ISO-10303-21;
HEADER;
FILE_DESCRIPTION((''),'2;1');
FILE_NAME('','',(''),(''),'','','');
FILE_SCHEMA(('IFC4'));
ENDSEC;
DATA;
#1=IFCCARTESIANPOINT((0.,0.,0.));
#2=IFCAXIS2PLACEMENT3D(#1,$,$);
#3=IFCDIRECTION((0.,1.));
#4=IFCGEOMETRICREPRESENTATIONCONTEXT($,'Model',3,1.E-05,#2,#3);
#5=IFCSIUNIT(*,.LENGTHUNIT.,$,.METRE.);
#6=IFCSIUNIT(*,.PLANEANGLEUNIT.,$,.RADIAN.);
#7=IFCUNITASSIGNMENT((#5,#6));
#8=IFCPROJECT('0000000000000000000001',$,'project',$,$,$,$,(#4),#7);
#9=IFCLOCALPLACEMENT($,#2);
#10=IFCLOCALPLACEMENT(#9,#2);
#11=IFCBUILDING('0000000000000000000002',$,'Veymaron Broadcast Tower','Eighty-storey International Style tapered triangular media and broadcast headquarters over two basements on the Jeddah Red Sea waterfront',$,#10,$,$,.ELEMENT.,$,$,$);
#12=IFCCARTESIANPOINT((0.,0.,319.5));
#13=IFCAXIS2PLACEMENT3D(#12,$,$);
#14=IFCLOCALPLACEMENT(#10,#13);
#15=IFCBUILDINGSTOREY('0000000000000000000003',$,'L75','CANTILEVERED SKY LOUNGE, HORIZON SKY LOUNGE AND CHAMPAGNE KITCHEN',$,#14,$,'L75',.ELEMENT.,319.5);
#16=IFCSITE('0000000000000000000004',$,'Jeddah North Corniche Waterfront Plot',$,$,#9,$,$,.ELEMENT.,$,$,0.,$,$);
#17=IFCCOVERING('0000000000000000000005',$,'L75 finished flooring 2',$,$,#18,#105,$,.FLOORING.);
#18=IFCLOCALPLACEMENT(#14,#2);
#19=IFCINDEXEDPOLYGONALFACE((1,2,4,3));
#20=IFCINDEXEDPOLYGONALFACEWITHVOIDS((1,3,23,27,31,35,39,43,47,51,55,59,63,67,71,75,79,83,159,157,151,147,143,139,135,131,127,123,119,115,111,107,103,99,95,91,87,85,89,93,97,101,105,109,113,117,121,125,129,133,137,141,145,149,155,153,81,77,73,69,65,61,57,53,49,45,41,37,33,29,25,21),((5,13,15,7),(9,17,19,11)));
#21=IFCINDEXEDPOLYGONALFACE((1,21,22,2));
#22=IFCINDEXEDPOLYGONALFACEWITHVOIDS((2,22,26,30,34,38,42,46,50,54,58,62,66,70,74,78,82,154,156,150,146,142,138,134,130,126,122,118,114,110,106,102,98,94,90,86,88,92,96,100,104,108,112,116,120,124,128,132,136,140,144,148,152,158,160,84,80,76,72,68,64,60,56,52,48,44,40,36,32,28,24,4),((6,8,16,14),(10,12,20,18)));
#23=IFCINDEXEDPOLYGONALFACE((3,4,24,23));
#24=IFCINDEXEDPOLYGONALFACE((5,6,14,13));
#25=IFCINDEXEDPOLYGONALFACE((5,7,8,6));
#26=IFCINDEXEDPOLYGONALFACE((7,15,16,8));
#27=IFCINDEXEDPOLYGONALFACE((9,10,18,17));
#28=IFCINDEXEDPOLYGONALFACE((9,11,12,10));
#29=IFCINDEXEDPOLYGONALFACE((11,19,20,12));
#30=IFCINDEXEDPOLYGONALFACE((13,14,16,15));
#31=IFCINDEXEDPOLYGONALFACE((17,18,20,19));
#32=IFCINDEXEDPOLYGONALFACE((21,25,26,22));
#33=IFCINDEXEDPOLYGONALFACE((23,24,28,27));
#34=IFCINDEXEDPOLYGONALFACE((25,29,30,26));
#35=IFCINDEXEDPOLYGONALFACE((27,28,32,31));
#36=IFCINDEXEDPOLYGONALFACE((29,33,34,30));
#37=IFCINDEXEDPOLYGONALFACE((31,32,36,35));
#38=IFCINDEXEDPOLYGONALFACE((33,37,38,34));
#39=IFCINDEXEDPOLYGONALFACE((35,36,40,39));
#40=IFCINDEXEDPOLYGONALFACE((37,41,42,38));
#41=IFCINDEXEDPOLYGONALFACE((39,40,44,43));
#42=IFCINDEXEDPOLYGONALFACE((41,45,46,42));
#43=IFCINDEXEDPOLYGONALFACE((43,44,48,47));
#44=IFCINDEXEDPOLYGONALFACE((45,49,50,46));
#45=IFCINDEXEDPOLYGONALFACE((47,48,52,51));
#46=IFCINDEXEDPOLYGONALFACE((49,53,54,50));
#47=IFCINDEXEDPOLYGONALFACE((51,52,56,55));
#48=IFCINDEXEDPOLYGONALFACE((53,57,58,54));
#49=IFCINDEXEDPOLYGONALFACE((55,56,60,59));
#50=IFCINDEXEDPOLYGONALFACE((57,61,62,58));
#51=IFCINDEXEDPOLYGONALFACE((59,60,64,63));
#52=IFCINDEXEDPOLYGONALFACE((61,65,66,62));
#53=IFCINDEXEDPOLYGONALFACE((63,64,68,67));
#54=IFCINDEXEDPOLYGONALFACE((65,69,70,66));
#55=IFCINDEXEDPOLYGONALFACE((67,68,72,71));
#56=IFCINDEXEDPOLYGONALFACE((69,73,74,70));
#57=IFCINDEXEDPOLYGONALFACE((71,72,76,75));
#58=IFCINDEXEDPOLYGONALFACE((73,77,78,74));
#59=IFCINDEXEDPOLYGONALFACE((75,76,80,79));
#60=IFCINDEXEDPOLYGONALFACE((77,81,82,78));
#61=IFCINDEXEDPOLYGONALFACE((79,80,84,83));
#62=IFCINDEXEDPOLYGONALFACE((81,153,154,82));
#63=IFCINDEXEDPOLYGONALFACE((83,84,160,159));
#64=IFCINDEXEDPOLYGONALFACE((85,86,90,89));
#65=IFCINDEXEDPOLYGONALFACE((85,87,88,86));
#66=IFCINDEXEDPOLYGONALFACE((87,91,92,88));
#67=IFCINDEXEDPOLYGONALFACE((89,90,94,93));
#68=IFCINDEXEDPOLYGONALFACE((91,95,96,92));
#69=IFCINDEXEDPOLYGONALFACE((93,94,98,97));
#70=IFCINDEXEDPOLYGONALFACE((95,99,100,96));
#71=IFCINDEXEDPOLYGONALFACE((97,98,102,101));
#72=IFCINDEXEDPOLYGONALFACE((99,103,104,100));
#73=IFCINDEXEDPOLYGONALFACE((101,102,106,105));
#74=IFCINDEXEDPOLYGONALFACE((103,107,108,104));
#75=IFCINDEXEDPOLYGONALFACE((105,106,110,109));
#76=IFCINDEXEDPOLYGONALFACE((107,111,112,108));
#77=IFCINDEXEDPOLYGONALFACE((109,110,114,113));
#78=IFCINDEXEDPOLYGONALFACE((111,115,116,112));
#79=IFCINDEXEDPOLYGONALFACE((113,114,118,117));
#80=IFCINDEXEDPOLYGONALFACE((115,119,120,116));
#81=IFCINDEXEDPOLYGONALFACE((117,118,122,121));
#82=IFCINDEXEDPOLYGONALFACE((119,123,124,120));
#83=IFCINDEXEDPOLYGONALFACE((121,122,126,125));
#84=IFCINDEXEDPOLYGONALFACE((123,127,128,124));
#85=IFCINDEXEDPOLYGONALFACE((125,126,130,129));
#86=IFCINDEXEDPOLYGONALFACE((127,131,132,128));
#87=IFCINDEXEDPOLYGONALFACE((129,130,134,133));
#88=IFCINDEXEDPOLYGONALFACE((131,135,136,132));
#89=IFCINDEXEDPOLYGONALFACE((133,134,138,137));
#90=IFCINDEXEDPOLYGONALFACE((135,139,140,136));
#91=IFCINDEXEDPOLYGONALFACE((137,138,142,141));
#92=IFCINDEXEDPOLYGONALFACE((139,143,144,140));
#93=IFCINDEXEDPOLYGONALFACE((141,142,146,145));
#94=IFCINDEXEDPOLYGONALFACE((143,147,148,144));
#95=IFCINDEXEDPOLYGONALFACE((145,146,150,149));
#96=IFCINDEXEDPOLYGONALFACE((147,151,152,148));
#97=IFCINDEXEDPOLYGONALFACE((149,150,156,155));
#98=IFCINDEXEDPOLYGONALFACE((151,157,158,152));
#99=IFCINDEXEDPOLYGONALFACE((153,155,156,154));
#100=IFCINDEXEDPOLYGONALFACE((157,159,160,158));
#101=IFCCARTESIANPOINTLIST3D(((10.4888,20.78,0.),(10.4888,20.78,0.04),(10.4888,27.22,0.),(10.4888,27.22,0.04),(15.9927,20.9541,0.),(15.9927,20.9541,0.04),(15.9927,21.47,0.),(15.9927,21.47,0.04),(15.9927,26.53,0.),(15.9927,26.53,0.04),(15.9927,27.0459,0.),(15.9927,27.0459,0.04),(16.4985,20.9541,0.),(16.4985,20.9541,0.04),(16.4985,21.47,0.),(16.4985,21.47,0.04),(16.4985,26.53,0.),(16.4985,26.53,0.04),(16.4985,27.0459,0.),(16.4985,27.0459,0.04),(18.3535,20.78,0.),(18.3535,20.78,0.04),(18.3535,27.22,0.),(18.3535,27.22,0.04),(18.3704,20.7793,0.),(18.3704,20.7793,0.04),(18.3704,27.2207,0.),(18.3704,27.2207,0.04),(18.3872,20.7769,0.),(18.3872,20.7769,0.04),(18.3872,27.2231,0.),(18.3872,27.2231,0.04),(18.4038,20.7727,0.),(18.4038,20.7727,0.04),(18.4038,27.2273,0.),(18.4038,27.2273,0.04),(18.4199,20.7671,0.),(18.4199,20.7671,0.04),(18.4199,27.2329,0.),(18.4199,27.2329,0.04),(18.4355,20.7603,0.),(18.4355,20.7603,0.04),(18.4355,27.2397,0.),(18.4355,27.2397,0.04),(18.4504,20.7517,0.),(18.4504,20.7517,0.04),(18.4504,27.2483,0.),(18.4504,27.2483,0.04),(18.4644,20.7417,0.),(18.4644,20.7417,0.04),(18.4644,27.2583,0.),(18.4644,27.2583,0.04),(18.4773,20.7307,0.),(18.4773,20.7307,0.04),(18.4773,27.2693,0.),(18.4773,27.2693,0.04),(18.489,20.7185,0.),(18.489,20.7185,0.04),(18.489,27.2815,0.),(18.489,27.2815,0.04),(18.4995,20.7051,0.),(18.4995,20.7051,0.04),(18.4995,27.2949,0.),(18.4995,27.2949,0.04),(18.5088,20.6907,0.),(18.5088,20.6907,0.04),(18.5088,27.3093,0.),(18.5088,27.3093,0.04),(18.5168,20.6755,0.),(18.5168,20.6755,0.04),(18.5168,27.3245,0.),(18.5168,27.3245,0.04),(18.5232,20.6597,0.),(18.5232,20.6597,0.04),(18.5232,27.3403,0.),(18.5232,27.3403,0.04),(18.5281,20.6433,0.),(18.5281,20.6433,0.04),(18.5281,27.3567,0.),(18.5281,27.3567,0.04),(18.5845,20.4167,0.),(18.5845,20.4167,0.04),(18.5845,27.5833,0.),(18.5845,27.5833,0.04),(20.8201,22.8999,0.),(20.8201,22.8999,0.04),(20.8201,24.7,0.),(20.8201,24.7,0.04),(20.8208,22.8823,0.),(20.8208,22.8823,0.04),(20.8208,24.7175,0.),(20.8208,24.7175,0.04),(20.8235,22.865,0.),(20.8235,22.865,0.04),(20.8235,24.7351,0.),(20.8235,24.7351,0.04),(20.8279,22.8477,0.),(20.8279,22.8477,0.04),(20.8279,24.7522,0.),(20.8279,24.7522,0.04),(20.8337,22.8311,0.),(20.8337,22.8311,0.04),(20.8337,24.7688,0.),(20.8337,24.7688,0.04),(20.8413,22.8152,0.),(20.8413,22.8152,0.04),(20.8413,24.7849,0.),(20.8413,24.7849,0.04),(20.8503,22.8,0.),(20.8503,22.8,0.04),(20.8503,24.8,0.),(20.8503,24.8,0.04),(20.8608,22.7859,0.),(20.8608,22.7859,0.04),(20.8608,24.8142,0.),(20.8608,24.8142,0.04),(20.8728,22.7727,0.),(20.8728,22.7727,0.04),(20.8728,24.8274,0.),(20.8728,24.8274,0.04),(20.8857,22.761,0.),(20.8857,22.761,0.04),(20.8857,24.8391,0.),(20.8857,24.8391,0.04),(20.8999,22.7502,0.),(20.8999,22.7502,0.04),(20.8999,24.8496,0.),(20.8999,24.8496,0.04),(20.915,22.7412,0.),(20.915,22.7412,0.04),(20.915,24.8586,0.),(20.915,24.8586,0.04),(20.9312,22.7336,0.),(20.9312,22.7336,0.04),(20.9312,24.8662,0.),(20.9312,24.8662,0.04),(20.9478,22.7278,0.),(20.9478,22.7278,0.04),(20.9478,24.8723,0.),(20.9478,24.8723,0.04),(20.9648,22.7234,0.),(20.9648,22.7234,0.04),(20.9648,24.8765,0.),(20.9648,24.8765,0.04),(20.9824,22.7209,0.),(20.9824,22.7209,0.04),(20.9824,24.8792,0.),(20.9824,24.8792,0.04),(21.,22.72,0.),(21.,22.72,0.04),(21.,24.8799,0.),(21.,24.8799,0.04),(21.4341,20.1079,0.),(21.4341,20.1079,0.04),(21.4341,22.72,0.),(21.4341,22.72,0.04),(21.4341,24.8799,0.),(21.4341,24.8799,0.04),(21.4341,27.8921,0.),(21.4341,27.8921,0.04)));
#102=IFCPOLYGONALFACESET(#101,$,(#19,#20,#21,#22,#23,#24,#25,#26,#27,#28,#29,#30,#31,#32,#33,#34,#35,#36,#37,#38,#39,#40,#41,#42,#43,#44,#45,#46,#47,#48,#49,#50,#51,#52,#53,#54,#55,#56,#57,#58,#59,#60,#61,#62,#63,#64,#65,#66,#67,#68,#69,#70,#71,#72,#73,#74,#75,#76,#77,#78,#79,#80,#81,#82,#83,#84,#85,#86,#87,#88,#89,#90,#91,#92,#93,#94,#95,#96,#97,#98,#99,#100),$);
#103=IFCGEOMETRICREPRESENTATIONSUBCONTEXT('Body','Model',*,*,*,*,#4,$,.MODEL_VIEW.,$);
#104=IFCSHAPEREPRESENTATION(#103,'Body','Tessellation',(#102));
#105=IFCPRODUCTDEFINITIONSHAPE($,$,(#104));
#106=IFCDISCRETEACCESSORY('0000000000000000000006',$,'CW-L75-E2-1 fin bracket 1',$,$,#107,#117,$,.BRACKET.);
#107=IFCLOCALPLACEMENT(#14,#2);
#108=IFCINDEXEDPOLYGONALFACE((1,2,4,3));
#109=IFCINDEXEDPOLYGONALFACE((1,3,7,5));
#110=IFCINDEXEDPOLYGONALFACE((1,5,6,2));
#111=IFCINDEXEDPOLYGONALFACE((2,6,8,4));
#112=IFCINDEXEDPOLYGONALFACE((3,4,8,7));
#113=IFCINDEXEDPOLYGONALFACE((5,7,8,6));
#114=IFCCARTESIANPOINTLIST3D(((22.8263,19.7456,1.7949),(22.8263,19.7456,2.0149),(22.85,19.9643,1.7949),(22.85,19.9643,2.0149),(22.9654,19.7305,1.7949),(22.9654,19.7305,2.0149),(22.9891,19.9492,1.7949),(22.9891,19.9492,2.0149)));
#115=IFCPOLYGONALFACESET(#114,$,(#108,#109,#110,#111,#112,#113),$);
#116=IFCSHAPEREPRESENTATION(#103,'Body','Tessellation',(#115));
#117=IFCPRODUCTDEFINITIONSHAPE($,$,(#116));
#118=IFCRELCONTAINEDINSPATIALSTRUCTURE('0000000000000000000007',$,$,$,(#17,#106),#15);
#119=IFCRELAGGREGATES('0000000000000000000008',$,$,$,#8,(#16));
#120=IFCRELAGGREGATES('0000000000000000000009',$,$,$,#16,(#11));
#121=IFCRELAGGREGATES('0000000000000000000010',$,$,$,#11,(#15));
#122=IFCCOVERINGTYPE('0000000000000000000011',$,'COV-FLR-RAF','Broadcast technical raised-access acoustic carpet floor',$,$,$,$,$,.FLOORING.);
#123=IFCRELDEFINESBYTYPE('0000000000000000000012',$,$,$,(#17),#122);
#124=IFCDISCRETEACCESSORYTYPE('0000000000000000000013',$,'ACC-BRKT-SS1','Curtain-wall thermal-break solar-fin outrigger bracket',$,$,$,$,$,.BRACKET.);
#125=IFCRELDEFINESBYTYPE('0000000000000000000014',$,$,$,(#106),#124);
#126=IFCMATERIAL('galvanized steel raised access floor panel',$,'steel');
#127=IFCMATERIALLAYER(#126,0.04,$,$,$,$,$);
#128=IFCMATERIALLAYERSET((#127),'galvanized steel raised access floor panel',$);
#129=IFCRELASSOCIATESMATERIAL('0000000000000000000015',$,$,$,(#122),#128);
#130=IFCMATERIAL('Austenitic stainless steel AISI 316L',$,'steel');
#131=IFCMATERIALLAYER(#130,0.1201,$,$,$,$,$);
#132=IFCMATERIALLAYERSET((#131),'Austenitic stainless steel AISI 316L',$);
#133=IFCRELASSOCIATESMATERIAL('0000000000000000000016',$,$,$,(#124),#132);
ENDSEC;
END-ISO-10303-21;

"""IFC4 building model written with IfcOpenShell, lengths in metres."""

from ifc_helpers import new_model, si_unit, direction, frame, origin, origin_2d, place, context, subcontext, project, spatial, polyline, rectangle, outline, extrude, material, layer, layer_set, type_object, element, save


model = new_model("IFC4")

# Units and contexts
model_context = context("Model", 3, precision=1e-05, world=origin(), true_north=direction((0.0, 1.0)))
body_context = subcontext(model_context, "Body", "Model", "MODEL_VIEW")
ifc_project = project(units=[si_unit("LENGTHUNIT", "METRE"), si_unit("PLANEANGLEUNIT", "RADIAN")], contexts=[model_context])

# Site, building, storey
site_placement = place(None, origin())
site = spatial("IfcSite", under=ifc_project, at=site_placement, Name="Jeddah North Corniche Waterfront Plot", CompositionType="ELEMENT", RefElevation=0.0)
building_placement = place(site_placement, origin())
building = spatial("IfcBuilding", under=site, at=building_placement, Name="Veymaron Broadcast Tower", Description="Eighty-storey International Style tapered triangular media and broadcast headquarters over two basements on the Jeddah Red Sea waterfront", CompositionType="ELEMENT")
storey_placement = place(building_placement, frame((0.0, 0.0, 319.5)))
storey = spatial("IfcBuildingStorey", under=building, at=storey_placement, Name="L75", Description="CANTILEVERED SKY LOUNGE, HORIZON SKY LOUNGE AND CHAMPAGNE KITCHEN", LongName="L75", CompositionType="ELEMENT", Elevation=319.5)

# Covering
ifc_material_1 = material(Name="galvanized steel raised access floor panel", Category="steel")
ifc_layer_1 = layer(ifc_material_1, 0.04)
ifc_layer_set_1 = layer_set([ifc_layer_1], Name="galvanized steel raised access floor panel")
covering_type_1 = type_object("IfcCoveringType", Name="COV-FLR-RAF", Description="Broadcast technical raised-access acoustic carpet floor", PredefinedType="FLOORING", material=ifc_layer_set_1)
covering_1_placement = place(storey_placement, origin())
element("IfcCovering", 1, at=covering_1_placement, inside=storey, type_object=covering_type_1, Name="L75 finished flooring 2", PredefinedType="FLOORING", context=body_context, shape_type="SweptSolid", body=[
    extrude(outline(polyline([(18.3704, 20.7793), (18.3535, 20.78), (10.4888, 20.78), (10.4888, 27.22), (18.3535, 27.22), (18.3704, 27.2207), (18.3872, 27.2231), (18.4038, 27.2273), (18.4199, 27.2329), (18.4355, 27.2397), (18.4504, 27.2483), (18.4644, 27.2583), (18.4773, 27.2693), (18.489, 27.2815), (18.4995, 27.2949), (18.5088, 27.3093), (18.5168, 27.3245), (18.5232, 27.3403), (18.5281, 27.3567), (18.5845, 27.5833), (21.4341, 27.8921), (21.4341, 24.8799), (21.0, 24.8799), (20.9824, 24.8792), (20.9648, 24.8765), (20.9478, 24.8723), (20.9312, 24.8662), (20.915, 24.8586), (20.8999, 24.8496), (20.8857, 24.8391), (20.8728, 24.8274), (20.8608, 24.8142), (20.8503, 24.8), (20.8413, 24.7849), (20.8337, 24.7688), (20.8279, 24.7522), (20.8235, 24.7351), (20.8208, 24.7175), (20.8201, 24.7), (20.8201, 22.8999), (20.8208, 22.8823), (20.8235, 22.865), (20.8279, 22.8477), (20.8337, 22.8311), (20.8413, 22.8152), (20.8503, 22.8), (20.8608, 22.7859), (20.8728, 22.7727), (20.8857, 22.761), (20.8999, 22.7502), (20.915, 22.7412), (20.9312, 22.7336), (20.9478, 22.7278), (20.9648, 22.7234), (20.9824, 22.7209), (21.0, 22.72), (21.4341, 22.72), (21.4341, 20.1079), (18.5845, 20.4167), (18.5281, 20.6433), (18.5232, 20.6597), (18.5168, 20.6755), (18.5088, 20.6907), (18.4995, 20.7051), (18.489, 20.7185), (18.4773, 20.7307), (18.4644, 20.7417), (18.4504, 20.7517), (18.4355, 20.7603), (18.4199, 20.7671), (18.4038, 20.7727), (18.3872, 20.7769), (18.3704, 20.7793)]), holes=[polyline([(15.9927, 21.47), (15.9927, 20.9541), (16.4985, 20.9541), (16.4985, 21.47), (15.9927, 21.47)]), polyline([(16.4985, 27.0459), (15.9927, 27.0459), (15.9927, 26.53), (16.4985, 26.53), (16.4985, 27.0459)])]), origin(), (0.0, 0.0, 1.0), 0.04),
])

# Discrete accessory
ifc_material_2 = material(Name="Austenitic stainless steel AISI 316L", Category="steel")
ifc_layer_2 = layer(ifc_material_2, 0.1201)
ifc_layer_set_2 = layer_set([ifc_layer_2], Name="Austenitic stainless steel AISI 316L")
discrete_accessory_type = type_object("IfcDiscreteAccessoryType", Name="ACC-BRKT-SS1", Description="Curtain-wall thermal-break solar-fin outrigger bracket", PredefinedType="BRACKET", material=ifc_layer_set_2)
discrete_accessory_placement = place(storey_placement, frame((22.9077, 19.8474, 1.7949), z_axis=(0.0, 0.0, 1.0), x_axis=(-0.107791, -0.994174, 0.0)))
element("IfcDiscreteAccessory", 2, at=discrete_accessory_placement, inside=storey, type_object=discrete_accessory_type, Name="CW-L75-E2-1 fin bracket 1", PredefinedType="BRACKET", context=body_context, shape_type="SweptSolid", body=[
    extrude(rectangle(XDim=0.22, YDim=0.1399, at=origin_2d()), origin(), (0.0, 0.0, 1.0), 0.22),
])

save(model, "model.ifc")
